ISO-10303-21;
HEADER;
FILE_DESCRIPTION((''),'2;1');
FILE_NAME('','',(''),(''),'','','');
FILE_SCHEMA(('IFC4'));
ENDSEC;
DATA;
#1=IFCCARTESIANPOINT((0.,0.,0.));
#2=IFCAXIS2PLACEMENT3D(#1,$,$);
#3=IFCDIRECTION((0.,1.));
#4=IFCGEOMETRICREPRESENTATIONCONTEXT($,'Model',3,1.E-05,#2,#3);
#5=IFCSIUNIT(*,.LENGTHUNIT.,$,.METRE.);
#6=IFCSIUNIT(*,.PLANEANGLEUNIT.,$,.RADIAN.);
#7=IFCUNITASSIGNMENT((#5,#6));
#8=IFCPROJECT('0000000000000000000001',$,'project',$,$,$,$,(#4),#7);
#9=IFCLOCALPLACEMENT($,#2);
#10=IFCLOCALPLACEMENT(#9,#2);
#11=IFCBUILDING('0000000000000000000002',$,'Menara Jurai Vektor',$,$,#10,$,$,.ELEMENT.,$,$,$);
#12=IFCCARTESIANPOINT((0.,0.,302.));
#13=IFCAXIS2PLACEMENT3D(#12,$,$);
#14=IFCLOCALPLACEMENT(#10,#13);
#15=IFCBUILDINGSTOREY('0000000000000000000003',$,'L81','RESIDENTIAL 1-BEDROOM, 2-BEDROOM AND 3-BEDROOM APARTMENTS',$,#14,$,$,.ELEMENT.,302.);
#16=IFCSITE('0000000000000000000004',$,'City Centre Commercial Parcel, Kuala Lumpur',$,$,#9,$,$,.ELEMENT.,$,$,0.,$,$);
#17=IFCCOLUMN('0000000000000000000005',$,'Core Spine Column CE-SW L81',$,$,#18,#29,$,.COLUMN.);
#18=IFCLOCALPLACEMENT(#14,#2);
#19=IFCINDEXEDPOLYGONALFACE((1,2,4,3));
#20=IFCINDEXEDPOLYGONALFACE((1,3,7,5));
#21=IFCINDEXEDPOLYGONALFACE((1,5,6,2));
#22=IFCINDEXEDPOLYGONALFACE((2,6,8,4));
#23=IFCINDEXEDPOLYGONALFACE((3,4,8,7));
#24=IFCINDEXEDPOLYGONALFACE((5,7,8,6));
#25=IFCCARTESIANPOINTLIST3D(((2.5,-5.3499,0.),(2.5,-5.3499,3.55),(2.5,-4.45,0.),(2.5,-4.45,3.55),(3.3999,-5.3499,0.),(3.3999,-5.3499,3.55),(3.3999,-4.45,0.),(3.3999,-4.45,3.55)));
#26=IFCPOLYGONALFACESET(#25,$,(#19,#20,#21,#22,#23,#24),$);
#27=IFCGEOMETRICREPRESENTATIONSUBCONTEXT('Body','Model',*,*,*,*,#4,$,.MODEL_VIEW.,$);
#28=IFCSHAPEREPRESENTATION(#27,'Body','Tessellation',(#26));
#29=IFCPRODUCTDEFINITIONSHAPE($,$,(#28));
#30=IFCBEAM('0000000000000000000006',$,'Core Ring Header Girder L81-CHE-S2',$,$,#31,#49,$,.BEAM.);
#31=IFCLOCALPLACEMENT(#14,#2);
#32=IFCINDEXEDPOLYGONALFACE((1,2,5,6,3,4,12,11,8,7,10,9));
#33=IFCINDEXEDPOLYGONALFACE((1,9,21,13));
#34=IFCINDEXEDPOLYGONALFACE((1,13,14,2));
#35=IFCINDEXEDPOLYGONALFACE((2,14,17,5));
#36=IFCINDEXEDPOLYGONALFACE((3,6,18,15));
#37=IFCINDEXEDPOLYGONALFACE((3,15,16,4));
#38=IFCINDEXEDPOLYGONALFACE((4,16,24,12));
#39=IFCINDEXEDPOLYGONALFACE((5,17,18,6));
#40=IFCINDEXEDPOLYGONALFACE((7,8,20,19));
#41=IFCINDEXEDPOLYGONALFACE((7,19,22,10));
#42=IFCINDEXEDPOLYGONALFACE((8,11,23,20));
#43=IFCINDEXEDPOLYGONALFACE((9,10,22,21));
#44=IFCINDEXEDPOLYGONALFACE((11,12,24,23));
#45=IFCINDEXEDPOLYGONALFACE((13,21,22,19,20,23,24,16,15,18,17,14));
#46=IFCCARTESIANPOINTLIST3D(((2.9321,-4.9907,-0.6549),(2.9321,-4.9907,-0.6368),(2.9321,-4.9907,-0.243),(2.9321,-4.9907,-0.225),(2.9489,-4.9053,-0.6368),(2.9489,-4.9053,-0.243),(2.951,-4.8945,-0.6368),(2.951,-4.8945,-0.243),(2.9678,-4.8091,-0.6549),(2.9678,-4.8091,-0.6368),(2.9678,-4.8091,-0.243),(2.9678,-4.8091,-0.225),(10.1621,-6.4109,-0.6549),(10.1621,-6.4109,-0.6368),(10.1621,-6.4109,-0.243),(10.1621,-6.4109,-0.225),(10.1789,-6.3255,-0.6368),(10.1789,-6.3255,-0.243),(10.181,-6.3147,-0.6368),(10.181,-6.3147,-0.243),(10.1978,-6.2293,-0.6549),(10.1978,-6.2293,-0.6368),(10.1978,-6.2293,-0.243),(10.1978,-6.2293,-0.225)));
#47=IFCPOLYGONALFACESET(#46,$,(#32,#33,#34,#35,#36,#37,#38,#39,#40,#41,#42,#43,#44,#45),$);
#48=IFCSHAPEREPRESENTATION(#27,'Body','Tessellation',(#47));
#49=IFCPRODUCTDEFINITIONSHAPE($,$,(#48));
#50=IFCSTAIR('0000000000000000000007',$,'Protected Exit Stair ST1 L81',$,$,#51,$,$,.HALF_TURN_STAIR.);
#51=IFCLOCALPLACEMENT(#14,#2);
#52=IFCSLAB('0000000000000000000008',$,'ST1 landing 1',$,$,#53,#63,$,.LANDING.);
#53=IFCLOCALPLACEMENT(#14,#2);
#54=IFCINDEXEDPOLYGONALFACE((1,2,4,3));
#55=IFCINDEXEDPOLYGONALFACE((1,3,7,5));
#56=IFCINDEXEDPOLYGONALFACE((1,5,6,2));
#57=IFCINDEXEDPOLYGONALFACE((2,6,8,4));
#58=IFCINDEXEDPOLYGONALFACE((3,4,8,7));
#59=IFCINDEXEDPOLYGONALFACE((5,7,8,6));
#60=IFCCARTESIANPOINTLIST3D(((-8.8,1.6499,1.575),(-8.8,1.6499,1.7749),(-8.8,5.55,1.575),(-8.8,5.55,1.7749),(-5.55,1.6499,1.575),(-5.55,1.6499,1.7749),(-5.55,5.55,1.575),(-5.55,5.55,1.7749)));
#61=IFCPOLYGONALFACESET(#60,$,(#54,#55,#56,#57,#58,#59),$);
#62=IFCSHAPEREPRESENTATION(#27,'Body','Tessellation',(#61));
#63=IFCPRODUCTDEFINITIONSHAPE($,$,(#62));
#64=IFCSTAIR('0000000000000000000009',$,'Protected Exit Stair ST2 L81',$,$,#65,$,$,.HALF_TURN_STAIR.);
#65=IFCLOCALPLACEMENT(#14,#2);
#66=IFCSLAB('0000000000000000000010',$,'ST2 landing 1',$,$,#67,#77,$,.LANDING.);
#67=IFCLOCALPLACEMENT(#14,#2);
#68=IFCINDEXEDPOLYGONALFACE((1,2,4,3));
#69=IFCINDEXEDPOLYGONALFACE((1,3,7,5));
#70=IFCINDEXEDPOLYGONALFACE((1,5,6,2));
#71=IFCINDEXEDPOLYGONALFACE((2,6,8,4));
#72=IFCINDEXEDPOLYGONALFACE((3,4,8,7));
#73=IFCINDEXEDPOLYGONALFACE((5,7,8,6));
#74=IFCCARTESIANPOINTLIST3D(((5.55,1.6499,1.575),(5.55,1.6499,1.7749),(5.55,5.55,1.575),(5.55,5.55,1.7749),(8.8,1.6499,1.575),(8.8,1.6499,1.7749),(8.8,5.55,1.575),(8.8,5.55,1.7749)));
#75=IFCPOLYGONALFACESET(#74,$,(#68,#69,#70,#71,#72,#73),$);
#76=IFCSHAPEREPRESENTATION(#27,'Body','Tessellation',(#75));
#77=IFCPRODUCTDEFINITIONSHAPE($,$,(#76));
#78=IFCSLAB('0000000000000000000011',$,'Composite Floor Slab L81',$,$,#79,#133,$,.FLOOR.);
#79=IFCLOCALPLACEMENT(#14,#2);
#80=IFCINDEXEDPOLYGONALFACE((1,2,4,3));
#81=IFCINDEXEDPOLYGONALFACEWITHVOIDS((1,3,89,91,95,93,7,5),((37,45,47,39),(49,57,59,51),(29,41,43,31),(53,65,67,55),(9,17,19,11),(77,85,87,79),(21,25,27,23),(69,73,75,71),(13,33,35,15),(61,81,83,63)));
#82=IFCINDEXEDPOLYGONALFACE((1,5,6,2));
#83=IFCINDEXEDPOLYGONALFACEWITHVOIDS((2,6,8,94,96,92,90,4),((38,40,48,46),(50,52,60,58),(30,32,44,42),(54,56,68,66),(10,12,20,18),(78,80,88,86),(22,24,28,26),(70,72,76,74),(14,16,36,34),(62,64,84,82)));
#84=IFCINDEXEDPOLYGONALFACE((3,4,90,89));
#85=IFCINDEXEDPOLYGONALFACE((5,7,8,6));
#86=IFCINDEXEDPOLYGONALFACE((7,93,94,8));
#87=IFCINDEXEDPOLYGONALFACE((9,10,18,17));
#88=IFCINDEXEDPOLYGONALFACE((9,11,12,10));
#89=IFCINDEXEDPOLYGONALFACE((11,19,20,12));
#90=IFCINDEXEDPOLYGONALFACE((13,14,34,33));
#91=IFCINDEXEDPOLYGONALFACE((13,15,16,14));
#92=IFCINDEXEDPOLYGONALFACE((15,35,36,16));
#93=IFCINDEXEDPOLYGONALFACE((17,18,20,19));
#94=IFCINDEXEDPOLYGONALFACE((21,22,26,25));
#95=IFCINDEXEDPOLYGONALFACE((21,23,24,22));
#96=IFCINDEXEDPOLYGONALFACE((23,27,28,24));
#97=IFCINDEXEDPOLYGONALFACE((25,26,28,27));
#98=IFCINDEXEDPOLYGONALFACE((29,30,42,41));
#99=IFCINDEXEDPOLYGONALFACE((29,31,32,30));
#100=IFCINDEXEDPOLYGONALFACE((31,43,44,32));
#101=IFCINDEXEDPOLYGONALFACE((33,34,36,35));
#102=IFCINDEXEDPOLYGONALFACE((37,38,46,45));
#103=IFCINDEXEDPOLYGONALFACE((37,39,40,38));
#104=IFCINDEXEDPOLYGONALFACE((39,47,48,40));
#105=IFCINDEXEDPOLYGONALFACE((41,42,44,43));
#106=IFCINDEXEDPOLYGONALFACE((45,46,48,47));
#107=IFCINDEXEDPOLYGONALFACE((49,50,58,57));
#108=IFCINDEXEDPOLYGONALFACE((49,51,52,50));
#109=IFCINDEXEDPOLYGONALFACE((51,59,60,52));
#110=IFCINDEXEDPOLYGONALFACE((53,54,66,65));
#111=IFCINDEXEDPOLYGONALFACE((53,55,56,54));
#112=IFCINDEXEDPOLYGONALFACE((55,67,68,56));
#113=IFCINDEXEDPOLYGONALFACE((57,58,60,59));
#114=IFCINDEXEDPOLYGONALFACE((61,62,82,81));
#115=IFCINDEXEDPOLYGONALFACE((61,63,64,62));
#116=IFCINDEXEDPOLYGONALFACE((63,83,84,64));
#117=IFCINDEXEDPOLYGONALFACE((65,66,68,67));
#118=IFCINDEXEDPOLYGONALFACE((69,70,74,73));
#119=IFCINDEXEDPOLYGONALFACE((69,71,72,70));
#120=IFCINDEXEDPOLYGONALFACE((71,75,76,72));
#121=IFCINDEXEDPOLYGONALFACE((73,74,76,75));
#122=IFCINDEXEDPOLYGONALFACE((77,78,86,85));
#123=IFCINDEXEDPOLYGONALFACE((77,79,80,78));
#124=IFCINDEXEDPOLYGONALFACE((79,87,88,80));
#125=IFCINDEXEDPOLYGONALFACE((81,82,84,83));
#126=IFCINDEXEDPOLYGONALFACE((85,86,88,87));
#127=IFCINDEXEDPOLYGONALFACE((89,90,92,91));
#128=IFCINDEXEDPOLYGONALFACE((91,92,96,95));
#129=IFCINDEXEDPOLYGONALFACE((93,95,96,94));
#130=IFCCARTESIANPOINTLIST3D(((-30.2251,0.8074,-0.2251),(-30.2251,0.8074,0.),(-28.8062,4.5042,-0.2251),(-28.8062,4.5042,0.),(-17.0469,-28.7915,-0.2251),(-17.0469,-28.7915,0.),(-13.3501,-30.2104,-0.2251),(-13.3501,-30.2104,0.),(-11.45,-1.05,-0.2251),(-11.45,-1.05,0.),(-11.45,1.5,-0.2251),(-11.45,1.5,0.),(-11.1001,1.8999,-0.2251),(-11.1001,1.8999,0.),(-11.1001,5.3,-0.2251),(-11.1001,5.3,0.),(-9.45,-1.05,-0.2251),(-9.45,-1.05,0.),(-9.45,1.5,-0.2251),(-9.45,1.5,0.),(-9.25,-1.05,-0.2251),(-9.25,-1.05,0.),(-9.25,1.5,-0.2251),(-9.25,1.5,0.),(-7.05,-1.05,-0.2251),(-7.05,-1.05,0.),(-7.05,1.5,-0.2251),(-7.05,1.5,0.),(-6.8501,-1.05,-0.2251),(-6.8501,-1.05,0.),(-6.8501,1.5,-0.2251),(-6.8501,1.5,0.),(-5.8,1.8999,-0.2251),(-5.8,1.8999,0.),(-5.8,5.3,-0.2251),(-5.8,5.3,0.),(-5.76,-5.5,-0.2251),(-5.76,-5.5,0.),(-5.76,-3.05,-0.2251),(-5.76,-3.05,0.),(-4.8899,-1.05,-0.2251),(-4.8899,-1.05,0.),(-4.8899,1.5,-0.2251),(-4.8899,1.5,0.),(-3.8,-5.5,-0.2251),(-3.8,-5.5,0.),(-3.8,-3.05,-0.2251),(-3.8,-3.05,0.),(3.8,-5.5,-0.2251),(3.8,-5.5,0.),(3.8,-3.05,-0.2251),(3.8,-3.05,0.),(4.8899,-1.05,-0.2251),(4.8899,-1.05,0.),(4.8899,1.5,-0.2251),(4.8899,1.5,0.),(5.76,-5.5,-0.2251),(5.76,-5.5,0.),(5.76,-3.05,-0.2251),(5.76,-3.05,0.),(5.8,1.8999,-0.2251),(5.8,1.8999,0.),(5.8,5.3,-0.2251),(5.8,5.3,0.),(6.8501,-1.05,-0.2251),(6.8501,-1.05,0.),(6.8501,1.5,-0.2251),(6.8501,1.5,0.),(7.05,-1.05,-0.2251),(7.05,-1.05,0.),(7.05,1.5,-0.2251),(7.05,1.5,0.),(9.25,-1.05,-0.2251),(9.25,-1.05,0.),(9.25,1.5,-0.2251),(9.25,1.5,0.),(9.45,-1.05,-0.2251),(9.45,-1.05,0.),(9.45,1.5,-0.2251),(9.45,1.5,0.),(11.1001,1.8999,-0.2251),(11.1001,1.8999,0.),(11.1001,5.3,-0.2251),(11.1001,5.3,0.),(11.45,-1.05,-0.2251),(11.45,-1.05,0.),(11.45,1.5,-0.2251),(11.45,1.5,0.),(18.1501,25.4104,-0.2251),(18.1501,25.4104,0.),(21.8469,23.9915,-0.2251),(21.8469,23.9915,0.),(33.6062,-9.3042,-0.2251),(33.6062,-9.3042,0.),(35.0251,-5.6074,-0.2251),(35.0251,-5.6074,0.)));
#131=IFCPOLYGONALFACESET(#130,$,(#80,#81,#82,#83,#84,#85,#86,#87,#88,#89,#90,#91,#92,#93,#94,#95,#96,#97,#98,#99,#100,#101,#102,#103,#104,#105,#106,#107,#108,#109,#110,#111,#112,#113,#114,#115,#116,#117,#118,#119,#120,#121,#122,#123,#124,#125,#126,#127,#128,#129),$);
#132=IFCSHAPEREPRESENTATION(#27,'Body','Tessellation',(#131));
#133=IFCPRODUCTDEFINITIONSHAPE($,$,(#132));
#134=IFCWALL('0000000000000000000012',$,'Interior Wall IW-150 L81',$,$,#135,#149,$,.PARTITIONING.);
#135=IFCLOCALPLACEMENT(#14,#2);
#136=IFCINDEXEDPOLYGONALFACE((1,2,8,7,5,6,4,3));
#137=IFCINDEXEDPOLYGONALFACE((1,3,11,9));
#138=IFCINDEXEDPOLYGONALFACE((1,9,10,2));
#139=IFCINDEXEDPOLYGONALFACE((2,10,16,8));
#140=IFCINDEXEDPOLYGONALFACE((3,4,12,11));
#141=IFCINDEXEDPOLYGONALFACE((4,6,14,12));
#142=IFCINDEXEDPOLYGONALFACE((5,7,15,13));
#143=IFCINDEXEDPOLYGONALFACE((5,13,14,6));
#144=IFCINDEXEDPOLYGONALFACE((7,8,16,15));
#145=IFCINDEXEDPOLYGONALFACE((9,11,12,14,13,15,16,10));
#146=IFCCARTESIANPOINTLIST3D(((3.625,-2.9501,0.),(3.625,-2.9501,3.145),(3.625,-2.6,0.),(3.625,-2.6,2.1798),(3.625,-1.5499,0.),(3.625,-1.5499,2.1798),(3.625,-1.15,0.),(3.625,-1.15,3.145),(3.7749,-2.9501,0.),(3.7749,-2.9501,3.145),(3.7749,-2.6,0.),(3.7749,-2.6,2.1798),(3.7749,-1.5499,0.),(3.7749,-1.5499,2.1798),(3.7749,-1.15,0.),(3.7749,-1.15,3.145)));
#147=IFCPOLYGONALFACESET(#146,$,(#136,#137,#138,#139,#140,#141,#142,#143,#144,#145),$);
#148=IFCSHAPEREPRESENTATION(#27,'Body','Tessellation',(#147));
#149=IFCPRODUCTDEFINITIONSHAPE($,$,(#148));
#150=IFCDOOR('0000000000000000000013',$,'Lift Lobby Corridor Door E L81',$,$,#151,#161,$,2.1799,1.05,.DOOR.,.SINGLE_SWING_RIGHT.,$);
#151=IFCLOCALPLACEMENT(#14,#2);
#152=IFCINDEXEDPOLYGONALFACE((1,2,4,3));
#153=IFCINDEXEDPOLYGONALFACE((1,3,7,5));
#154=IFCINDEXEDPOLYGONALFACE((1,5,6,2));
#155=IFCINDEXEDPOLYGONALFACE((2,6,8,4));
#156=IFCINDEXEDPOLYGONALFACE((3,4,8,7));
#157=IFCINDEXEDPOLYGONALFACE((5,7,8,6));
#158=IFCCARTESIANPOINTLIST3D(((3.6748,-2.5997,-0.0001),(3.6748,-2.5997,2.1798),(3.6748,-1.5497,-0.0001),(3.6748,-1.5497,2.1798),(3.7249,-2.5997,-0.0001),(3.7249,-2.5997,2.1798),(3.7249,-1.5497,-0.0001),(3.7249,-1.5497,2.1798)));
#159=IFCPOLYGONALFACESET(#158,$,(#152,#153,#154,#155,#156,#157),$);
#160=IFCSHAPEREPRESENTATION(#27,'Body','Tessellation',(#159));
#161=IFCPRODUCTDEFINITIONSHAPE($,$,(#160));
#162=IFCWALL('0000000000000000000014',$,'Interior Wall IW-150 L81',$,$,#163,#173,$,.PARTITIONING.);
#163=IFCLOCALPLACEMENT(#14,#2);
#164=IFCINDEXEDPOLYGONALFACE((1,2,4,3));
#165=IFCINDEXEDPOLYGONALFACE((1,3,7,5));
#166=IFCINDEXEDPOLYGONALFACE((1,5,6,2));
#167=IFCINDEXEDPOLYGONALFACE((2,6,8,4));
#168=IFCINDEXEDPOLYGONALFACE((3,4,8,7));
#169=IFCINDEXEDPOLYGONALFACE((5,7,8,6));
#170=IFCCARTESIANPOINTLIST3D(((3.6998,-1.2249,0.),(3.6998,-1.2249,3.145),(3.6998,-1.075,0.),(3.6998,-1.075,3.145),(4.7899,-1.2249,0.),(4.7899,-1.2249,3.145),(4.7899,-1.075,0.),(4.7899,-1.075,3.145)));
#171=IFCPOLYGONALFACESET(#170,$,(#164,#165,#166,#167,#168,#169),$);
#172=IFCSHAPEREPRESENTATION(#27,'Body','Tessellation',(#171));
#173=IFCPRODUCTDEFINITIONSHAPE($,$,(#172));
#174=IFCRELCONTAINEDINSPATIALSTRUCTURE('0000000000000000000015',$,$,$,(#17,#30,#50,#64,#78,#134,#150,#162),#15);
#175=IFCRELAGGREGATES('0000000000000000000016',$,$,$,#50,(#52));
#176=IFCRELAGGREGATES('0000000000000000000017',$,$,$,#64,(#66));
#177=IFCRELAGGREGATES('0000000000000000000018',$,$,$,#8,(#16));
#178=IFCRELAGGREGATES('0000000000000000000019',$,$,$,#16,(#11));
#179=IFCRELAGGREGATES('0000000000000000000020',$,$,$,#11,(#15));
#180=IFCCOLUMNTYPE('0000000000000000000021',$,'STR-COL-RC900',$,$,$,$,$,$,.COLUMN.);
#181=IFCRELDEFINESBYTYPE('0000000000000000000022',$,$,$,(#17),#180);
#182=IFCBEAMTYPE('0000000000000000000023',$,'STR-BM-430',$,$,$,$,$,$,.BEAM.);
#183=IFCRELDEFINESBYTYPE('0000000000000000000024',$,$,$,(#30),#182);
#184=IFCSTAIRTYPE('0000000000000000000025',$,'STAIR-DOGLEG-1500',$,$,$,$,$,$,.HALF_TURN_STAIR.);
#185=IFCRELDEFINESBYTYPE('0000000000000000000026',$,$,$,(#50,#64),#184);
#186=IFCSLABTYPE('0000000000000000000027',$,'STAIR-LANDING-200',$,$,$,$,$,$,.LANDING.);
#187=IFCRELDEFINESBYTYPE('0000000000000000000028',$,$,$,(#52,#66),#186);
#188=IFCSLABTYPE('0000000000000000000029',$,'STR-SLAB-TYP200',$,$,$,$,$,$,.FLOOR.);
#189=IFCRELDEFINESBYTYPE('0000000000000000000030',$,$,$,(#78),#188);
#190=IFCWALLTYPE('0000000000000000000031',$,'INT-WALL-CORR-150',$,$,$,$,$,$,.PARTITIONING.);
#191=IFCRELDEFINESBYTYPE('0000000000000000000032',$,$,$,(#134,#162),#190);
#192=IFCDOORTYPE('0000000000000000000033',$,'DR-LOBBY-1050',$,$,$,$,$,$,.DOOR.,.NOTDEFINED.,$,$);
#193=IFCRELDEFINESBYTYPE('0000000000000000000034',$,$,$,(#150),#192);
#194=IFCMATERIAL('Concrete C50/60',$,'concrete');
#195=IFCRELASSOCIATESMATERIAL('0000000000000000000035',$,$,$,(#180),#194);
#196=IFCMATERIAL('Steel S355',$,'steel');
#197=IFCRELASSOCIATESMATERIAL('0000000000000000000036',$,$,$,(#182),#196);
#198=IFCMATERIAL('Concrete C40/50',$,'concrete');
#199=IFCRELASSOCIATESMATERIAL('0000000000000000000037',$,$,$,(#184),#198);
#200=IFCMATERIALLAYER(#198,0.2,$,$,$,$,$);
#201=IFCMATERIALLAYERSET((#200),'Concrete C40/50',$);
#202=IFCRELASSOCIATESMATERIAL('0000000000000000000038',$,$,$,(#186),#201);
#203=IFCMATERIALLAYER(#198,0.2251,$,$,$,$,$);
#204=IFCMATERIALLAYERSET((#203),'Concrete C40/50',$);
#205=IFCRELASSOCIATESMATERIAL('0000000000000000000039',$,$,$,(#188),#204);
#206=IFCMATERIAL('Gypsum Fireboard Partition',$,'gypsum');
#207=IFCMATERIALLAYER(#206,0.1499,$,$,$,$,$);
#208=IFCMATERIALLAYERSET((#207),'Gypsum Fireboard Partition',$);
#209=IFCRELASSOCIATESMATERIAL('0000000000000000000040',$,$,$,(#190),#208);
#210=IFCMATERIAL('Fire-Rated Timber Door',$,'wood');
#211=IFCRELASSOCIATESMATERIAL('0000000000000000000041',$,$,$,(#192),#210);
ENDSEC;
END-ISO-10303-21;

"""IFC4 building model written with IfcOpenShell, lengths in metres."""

from ifc_helpers import new_model, si_unit, direction, frame, frame_2d, origin, origin_2d, place, context, subcontext, project, spatial, polyline, rectangle, i_section, outline, extrude, material, layer, layer_set, material_profile, profile_set, type_object, element, fill, aggregate, save


model = new_model("IFC4")

# Units and contexts
model_context = context("Model", 3, precision=1e-05, world=origin(), true_north=direction((0.0, 1.0)))
body_context = subcontext(model_context, "Body", "Model", "MODEL_VIEW")
ifc_project = project(units=[si_unit("LENGTHUNIT", "METRE"), si_unit("PLANEANGLEUNIT", "RADIAN")], contexts=[model_context])

# Site, building, storey
site_placement = place(None, origin())
site = spatial("IfcSite", under=ifc_project, at=site_placement, Name="City Centre Commercial Parcel, Kuala Lumpur", CompositionType="ELEMENT", RefElevation=0.0)
building_placement = place(site_placement, origin())
building = spatial("IfcBuilding", under=site, at=building_placement, Name="Menara Jurai Vektor", CompositionType="ELEMENT")
storey_placement = place(building_placement, frame((0.0, 0.0, 302.0)))
storey = spatial("IfcBuildingStorey", under=building, at=storey_placement, Name="L81", Description="RESIDENTIAL 1-BEDROOM, 2-BEDROOM AND 3-BEDROOM APARTMENTS", CompositionType="ELEMENT", Elevation=302.0)

# Column
ifc_material_1 = material(Name="Concrete C50/60", Category="concrete")
ifc_material_profile_1 = material_profile(ifc_material_1, rectangle(XDim=0.8999, YDim=0.8999, at=origin_2d()), Name="RC 900x900")
ifc_profile_set_1 = profile_set([ifc_material_profile_1], Name="Concrete C50/60")
column_type = type_object("IfcColumnType", Name="STR-COL-RC900", PredefinedType="COLUMN", material=ifc_profile_set_1)
column_placement = place(storey_placement, frame((2.95, -4.8999, 0.0), z_axis=(0.0, 0.0, 1.0), x_axis=(1.0, 0.0, 0.0)))
element("IfcColumn", 1, at=column_placement, inside=storey, type_object=column_type, Name="Core Spine Column CE-SW L81", PredefinedType="COLUMN", context=body_context, shape_type="SweptSolid", body=[
    extrude(rectangle(XDim=0.8999, YDim=0.8999, at=origin_2d()), origin(), (0.0, 0.0, 1.0), 3.55),
])

# Beam
ifc_material_2 = material(Name="Steel S355", Category="steel")
ifc_material_profile_2 = material_profile(ifc_material_2, i_section(OverallWidth=0.1851, OverallDepth=0.4299, WebThickness=0.011, FlangeThickness=0.0181, at=origin_2d()), Name="PG 430x185x76")
ifc_profile_set_2 = profile_set([ifc_material_profile_2], Name="Steel S355")
beam_type = type_object("IfcBeamType", Name="STR-BM-430", PredefinedType="BEAM", material=ifc_profile_set_2)
beam_placement = place(storey_placement, frame((2.95, -4.8999, -0.4399), z_axis=(0.981249, -0.192744, 0.0), x_axis=(0.192744, 0.981249, 0.0)))
element("IfcBeam", 2, at=beam_placement, inside=storey, type_object=beam_type, Name="Core Ring Header Girder L81-CHE-S2", PredefinedType="BEAM", context=body_context, shape_type="SweptSolid", body=[
    extrude(i_section(OverallWidth=0.1851, OverallDepth=0.4299, WebThickness=0.011, FlangeThickness=0.0181, at=origin_2d()), origin(), (0.0, 0.0, 1.0), 7.3682),
])

# Stairs, slabs
ifc_material_3 = material(Name="Concrete C40/50", Category="concrete")
stair_type = type_object("IfcStairType", Name="STAIR-DOGLEG-1500", PredefinedType="HALF_TURN_STAIR", material=ifc_material_3)
stair_1_placement = place(storey_placement, origin())
stair_1 = element("IfcStair", 3, at=stair_1_placement, inside=storey, type_object=stair_type, Name="Protected Exit Stair ST1 L81", PredefinedType="HALF_TURN_STAIR")
ifc_layer_1 = layer(ifc_material_3, 0.2)
ifc_layer_set_1 = layer_set([ifc_layer_1], Name="Concrete C40/50")
slab_type_1 = type_object("IfcSlabType", Name="STAIR-LANDING-200", PredefinedType="LANDING", material=ifc_layer_set_1)
slab_1_placement = place(storey_placement, frame((0.0, 0.0, 1.575)))
slab_1 = element("IfcSlab", 4, at=slab_1_placement, type_object=slab_type_1, Name="ST1 landing 1", PredefinedType="LANDING", context=body_context, shape_type="SweptSolid", body=[
    extrude(outline(polyline([(-8.8, 1.6499), (-5.55, 1.6499), (-5.55, 5.55), (-8.8, 5.55), (-8.8, 1.6499)])), origin(), (0.0, 0.0, 1.0), 0.2),
])
aggregate(stair_1, [slab_1])
stair_2_placement = place(storey_placement, origin())
stair_2 = element("IfcStair", 5, at=stair_2_placement, inside=storey, type_object=stair_type, Name="Protected Exit Stair ST2 L81", PredefinedType="HALF_TURN_STAIR")
slab_2_placement = place(storey_placement, frame((0.0, 0.0, 1.575)))
slab_2 = element("IfcSlab", 6, at=slab_2_placement, type_object=slab_type_1, Name="ST2 landing 1", PredefinedType="LANDING", context=body_context, shape_type="SweptSolid", body=[
    extrude(outline(polyline([(5.55, 1.6499), (8.8, 1.6499), (8.8, 5.55), (5.55, 5.55), (5.55, 1.6499)])), origin(), (0.0, 0.0, 1.0), 0.2),
])
aggregate(stair_2, [slab_2])

# Slab
ifc_layer_2 = layer(ifc_material_3, 0.2251)
ifc_layer_set_2 = layer_set([ifc_layer_2], Name="Concrete C40/50")
slab_type_2 = type_object("IfcSlabType", Name="STR-SLAB-TYP200", PredefinedType="FLOOR", material=ifc_layer_set_2)
slab_3_placement = place(storey_placement, frame((0.0, 0.0, -0.2251)))
element("IfcSlab", 7, at=slab_3_placement, inside=storey, type_object=slab_type_2, Name="Composite Floor Slab L81", PredefinedType="FLOOR", context=body_context, shape_type="SweptSolid", body=[
    extrude(outline(polyline([(-13.3501, -30.2104), (33.6062, -9.3042), (35.0251, -5.6074), (21.8469, 23.9915), (18.1501, 25.4104), (-28.8062, 4.5042), (-30.2251, 0.8074), (-17.0469, -28.7915), (-13.3501, -30.2104)]), holes=[polyline([(-11.1001, 1.8999), (-11.1001, 5.3), (-5.8, 5.3), (-5.8, 1.8999), (-11.1001, 1.8999)]), polyline([(5.8, 1.8999), (5.8, 5.3), (11.1001, 5.3), (11.1001, 1.8999), (5.8, 1.8999)]), polyline([(-11.45, -1.05), (-11.45, 1.5), (-9.45, 1.5), (-9.45, -1.05), (-11.45, -1.05)]), polyline([(9.45, -1.05), (9.45, 1.5), (11.45, 1.5), (11.45, -1.05), (9.45, -1.05)]), polyline([(-5.76, -5.5), (-5.76, -3.05), (-3.8, -3.05), (-3.8, -5.5), (-5.76, -5.5)]), polyline([(-6.8501, -1.05), (-6.8501, 1.5), (-4.8899, 1.5), (-4.8899, -1.05), (-6.8501, -1.05)]), polyline([(3.8, -5.5), (3.8, -3.05), (5.76, -3.05), (5.76, -5.5), (3.8, -5.5)]), polyline([(4.8899, -1.05), (4.8899, 1.5), (6.8501, 1.5), (6.8501, -1.05), (4.8899, -1.05)]), polyline([(-9.25, -1.05), (-9.25, 1.5), (-7.05, 1.5), (-7.05, -1.05), (-9.25, -1.05)]), polyline([(7.05, -1.05), (7.05, 1.5), (9.25, 1.5), (9.25, -1.05), (7.05, -1.05)])]), origin(), (0.0, 0.0, 1.0), 0.2251),
])

# Wall, opening, door
ifc_material_4 = material(Name="Gypsum Fireboard Partition", Category="gypsum")
ifc_layer_3 = layer(ifc_material_4, 0.1499)
ifc_layer_set_3 = layer_set([ifc_layer_3], Name="Gypsum Fireboard Partition")
wall_type_1 = type_object("IfcWallType", Name="INT-WALL-CORR-150", PredefinedType="PARTITIONING", material=ifc_layer_set_3)
wall_1_placement = place(storey_placement, frame((3.7, -2.95, 0.0), z_axis=(0.0, 0.0, 1.0), x_axis=(0.0, 1.0, 0.0)))
wall_1 = element("IfcWall", 8, at=wall_1_placement, inside=storey, type_object=wall_type_1, Name="Interior Wall IW-150 L81", PredefinedType="PARTITIONING", context=body_context, shape_type="SweptSolid", body=[
    extrude(rectangle(XDim=1.8, YDim=0.1499, at=frame_2d((0.8999, 0.0))), origin(), (0.0, 0.0, 1.0), 3.145),
])
opening_1_placement = place(wall_1_placement, frame((0.3501, 0.0, 0.0)))
opening_1 = element("IfcOpeningElement", 9, at=opening_1_placement, cuts=wall_1, PredefinedType="OPENING", context=body_context, shape_type="SweptSolid", body=[
    extrude(rectangle(XDim=1.05, YDim=2.1799, at=frame_2d((0.5249, 1.0898))), frame((0.0, 0.085, 0.0), z_axis=(0.0, -1.0, 0.0), x_axis=(1.0, 0.0, 0.0)), (0.0, 0.0, 1.0), 0.1699),
])
ifc_material_5 = material(Name="Fire-Rated Timber Door", Category="wood")
door_type_1 = type_object("IfcDoorType", Name="DR-LOBBY-1050", OperationType="NOTDEFINED", PredefinedType="DOOR", material=ifc_material_5)
door_1_placement = place(opening_1_placement, frame((1.05, 0.0, 0.0), z_axis=(0.0, 0.0, 1.0), x_axis=(-1.0, 0.0, 0.0)))
door_1 = element("IfcDoor", 10, at=door_1_placement, inside=storey, type_object=door_type_1, Name="Lift Lobby Corridor Door E L81", OperationType="SINGLE_SWING_RIGHT", OverallHeight=2.1799, OverallWidth=1.05, PredefinedType="DOOR", context=body_context, shape_type="SweptSolid", body=[
    extrude(rectangle(XDim=1.05, YDim=2.1799, at=frame_2d((0.5249, 1.0898))), frame((0.0, 0.0249, 0.0), z_axis=(0.0, -1.0, 0.0), x_axis=(1.0, 0.0, 0.0)), (0.0, 0.0, 1.0), 0.05),
])
fill(opening_1, door_1)

# Wall
wall_2_placement = place(storey_placement, frame((3.7, -1.1499, 0.0), z_axis=(0.0, 0.0, 1.0), x_axis=(1.0, 0.0, 0.0)))
element("IfcWall", 11, at=wall_2_placement, inside=storey, type_object=wall_type_1, Name="Interior Wall IW-150 L81", PredefinedType="PARTITIONING", context=body_context, shape_type="SweptSolid", body=[
    extrude(rectangle(XDim=1.0901, YDim=0.1499, at=frame_2d((0.5449, 0.0))), origin(), (0.0, 0.0, 1.0), 3.145),
])

save(model, "model.ifc")
